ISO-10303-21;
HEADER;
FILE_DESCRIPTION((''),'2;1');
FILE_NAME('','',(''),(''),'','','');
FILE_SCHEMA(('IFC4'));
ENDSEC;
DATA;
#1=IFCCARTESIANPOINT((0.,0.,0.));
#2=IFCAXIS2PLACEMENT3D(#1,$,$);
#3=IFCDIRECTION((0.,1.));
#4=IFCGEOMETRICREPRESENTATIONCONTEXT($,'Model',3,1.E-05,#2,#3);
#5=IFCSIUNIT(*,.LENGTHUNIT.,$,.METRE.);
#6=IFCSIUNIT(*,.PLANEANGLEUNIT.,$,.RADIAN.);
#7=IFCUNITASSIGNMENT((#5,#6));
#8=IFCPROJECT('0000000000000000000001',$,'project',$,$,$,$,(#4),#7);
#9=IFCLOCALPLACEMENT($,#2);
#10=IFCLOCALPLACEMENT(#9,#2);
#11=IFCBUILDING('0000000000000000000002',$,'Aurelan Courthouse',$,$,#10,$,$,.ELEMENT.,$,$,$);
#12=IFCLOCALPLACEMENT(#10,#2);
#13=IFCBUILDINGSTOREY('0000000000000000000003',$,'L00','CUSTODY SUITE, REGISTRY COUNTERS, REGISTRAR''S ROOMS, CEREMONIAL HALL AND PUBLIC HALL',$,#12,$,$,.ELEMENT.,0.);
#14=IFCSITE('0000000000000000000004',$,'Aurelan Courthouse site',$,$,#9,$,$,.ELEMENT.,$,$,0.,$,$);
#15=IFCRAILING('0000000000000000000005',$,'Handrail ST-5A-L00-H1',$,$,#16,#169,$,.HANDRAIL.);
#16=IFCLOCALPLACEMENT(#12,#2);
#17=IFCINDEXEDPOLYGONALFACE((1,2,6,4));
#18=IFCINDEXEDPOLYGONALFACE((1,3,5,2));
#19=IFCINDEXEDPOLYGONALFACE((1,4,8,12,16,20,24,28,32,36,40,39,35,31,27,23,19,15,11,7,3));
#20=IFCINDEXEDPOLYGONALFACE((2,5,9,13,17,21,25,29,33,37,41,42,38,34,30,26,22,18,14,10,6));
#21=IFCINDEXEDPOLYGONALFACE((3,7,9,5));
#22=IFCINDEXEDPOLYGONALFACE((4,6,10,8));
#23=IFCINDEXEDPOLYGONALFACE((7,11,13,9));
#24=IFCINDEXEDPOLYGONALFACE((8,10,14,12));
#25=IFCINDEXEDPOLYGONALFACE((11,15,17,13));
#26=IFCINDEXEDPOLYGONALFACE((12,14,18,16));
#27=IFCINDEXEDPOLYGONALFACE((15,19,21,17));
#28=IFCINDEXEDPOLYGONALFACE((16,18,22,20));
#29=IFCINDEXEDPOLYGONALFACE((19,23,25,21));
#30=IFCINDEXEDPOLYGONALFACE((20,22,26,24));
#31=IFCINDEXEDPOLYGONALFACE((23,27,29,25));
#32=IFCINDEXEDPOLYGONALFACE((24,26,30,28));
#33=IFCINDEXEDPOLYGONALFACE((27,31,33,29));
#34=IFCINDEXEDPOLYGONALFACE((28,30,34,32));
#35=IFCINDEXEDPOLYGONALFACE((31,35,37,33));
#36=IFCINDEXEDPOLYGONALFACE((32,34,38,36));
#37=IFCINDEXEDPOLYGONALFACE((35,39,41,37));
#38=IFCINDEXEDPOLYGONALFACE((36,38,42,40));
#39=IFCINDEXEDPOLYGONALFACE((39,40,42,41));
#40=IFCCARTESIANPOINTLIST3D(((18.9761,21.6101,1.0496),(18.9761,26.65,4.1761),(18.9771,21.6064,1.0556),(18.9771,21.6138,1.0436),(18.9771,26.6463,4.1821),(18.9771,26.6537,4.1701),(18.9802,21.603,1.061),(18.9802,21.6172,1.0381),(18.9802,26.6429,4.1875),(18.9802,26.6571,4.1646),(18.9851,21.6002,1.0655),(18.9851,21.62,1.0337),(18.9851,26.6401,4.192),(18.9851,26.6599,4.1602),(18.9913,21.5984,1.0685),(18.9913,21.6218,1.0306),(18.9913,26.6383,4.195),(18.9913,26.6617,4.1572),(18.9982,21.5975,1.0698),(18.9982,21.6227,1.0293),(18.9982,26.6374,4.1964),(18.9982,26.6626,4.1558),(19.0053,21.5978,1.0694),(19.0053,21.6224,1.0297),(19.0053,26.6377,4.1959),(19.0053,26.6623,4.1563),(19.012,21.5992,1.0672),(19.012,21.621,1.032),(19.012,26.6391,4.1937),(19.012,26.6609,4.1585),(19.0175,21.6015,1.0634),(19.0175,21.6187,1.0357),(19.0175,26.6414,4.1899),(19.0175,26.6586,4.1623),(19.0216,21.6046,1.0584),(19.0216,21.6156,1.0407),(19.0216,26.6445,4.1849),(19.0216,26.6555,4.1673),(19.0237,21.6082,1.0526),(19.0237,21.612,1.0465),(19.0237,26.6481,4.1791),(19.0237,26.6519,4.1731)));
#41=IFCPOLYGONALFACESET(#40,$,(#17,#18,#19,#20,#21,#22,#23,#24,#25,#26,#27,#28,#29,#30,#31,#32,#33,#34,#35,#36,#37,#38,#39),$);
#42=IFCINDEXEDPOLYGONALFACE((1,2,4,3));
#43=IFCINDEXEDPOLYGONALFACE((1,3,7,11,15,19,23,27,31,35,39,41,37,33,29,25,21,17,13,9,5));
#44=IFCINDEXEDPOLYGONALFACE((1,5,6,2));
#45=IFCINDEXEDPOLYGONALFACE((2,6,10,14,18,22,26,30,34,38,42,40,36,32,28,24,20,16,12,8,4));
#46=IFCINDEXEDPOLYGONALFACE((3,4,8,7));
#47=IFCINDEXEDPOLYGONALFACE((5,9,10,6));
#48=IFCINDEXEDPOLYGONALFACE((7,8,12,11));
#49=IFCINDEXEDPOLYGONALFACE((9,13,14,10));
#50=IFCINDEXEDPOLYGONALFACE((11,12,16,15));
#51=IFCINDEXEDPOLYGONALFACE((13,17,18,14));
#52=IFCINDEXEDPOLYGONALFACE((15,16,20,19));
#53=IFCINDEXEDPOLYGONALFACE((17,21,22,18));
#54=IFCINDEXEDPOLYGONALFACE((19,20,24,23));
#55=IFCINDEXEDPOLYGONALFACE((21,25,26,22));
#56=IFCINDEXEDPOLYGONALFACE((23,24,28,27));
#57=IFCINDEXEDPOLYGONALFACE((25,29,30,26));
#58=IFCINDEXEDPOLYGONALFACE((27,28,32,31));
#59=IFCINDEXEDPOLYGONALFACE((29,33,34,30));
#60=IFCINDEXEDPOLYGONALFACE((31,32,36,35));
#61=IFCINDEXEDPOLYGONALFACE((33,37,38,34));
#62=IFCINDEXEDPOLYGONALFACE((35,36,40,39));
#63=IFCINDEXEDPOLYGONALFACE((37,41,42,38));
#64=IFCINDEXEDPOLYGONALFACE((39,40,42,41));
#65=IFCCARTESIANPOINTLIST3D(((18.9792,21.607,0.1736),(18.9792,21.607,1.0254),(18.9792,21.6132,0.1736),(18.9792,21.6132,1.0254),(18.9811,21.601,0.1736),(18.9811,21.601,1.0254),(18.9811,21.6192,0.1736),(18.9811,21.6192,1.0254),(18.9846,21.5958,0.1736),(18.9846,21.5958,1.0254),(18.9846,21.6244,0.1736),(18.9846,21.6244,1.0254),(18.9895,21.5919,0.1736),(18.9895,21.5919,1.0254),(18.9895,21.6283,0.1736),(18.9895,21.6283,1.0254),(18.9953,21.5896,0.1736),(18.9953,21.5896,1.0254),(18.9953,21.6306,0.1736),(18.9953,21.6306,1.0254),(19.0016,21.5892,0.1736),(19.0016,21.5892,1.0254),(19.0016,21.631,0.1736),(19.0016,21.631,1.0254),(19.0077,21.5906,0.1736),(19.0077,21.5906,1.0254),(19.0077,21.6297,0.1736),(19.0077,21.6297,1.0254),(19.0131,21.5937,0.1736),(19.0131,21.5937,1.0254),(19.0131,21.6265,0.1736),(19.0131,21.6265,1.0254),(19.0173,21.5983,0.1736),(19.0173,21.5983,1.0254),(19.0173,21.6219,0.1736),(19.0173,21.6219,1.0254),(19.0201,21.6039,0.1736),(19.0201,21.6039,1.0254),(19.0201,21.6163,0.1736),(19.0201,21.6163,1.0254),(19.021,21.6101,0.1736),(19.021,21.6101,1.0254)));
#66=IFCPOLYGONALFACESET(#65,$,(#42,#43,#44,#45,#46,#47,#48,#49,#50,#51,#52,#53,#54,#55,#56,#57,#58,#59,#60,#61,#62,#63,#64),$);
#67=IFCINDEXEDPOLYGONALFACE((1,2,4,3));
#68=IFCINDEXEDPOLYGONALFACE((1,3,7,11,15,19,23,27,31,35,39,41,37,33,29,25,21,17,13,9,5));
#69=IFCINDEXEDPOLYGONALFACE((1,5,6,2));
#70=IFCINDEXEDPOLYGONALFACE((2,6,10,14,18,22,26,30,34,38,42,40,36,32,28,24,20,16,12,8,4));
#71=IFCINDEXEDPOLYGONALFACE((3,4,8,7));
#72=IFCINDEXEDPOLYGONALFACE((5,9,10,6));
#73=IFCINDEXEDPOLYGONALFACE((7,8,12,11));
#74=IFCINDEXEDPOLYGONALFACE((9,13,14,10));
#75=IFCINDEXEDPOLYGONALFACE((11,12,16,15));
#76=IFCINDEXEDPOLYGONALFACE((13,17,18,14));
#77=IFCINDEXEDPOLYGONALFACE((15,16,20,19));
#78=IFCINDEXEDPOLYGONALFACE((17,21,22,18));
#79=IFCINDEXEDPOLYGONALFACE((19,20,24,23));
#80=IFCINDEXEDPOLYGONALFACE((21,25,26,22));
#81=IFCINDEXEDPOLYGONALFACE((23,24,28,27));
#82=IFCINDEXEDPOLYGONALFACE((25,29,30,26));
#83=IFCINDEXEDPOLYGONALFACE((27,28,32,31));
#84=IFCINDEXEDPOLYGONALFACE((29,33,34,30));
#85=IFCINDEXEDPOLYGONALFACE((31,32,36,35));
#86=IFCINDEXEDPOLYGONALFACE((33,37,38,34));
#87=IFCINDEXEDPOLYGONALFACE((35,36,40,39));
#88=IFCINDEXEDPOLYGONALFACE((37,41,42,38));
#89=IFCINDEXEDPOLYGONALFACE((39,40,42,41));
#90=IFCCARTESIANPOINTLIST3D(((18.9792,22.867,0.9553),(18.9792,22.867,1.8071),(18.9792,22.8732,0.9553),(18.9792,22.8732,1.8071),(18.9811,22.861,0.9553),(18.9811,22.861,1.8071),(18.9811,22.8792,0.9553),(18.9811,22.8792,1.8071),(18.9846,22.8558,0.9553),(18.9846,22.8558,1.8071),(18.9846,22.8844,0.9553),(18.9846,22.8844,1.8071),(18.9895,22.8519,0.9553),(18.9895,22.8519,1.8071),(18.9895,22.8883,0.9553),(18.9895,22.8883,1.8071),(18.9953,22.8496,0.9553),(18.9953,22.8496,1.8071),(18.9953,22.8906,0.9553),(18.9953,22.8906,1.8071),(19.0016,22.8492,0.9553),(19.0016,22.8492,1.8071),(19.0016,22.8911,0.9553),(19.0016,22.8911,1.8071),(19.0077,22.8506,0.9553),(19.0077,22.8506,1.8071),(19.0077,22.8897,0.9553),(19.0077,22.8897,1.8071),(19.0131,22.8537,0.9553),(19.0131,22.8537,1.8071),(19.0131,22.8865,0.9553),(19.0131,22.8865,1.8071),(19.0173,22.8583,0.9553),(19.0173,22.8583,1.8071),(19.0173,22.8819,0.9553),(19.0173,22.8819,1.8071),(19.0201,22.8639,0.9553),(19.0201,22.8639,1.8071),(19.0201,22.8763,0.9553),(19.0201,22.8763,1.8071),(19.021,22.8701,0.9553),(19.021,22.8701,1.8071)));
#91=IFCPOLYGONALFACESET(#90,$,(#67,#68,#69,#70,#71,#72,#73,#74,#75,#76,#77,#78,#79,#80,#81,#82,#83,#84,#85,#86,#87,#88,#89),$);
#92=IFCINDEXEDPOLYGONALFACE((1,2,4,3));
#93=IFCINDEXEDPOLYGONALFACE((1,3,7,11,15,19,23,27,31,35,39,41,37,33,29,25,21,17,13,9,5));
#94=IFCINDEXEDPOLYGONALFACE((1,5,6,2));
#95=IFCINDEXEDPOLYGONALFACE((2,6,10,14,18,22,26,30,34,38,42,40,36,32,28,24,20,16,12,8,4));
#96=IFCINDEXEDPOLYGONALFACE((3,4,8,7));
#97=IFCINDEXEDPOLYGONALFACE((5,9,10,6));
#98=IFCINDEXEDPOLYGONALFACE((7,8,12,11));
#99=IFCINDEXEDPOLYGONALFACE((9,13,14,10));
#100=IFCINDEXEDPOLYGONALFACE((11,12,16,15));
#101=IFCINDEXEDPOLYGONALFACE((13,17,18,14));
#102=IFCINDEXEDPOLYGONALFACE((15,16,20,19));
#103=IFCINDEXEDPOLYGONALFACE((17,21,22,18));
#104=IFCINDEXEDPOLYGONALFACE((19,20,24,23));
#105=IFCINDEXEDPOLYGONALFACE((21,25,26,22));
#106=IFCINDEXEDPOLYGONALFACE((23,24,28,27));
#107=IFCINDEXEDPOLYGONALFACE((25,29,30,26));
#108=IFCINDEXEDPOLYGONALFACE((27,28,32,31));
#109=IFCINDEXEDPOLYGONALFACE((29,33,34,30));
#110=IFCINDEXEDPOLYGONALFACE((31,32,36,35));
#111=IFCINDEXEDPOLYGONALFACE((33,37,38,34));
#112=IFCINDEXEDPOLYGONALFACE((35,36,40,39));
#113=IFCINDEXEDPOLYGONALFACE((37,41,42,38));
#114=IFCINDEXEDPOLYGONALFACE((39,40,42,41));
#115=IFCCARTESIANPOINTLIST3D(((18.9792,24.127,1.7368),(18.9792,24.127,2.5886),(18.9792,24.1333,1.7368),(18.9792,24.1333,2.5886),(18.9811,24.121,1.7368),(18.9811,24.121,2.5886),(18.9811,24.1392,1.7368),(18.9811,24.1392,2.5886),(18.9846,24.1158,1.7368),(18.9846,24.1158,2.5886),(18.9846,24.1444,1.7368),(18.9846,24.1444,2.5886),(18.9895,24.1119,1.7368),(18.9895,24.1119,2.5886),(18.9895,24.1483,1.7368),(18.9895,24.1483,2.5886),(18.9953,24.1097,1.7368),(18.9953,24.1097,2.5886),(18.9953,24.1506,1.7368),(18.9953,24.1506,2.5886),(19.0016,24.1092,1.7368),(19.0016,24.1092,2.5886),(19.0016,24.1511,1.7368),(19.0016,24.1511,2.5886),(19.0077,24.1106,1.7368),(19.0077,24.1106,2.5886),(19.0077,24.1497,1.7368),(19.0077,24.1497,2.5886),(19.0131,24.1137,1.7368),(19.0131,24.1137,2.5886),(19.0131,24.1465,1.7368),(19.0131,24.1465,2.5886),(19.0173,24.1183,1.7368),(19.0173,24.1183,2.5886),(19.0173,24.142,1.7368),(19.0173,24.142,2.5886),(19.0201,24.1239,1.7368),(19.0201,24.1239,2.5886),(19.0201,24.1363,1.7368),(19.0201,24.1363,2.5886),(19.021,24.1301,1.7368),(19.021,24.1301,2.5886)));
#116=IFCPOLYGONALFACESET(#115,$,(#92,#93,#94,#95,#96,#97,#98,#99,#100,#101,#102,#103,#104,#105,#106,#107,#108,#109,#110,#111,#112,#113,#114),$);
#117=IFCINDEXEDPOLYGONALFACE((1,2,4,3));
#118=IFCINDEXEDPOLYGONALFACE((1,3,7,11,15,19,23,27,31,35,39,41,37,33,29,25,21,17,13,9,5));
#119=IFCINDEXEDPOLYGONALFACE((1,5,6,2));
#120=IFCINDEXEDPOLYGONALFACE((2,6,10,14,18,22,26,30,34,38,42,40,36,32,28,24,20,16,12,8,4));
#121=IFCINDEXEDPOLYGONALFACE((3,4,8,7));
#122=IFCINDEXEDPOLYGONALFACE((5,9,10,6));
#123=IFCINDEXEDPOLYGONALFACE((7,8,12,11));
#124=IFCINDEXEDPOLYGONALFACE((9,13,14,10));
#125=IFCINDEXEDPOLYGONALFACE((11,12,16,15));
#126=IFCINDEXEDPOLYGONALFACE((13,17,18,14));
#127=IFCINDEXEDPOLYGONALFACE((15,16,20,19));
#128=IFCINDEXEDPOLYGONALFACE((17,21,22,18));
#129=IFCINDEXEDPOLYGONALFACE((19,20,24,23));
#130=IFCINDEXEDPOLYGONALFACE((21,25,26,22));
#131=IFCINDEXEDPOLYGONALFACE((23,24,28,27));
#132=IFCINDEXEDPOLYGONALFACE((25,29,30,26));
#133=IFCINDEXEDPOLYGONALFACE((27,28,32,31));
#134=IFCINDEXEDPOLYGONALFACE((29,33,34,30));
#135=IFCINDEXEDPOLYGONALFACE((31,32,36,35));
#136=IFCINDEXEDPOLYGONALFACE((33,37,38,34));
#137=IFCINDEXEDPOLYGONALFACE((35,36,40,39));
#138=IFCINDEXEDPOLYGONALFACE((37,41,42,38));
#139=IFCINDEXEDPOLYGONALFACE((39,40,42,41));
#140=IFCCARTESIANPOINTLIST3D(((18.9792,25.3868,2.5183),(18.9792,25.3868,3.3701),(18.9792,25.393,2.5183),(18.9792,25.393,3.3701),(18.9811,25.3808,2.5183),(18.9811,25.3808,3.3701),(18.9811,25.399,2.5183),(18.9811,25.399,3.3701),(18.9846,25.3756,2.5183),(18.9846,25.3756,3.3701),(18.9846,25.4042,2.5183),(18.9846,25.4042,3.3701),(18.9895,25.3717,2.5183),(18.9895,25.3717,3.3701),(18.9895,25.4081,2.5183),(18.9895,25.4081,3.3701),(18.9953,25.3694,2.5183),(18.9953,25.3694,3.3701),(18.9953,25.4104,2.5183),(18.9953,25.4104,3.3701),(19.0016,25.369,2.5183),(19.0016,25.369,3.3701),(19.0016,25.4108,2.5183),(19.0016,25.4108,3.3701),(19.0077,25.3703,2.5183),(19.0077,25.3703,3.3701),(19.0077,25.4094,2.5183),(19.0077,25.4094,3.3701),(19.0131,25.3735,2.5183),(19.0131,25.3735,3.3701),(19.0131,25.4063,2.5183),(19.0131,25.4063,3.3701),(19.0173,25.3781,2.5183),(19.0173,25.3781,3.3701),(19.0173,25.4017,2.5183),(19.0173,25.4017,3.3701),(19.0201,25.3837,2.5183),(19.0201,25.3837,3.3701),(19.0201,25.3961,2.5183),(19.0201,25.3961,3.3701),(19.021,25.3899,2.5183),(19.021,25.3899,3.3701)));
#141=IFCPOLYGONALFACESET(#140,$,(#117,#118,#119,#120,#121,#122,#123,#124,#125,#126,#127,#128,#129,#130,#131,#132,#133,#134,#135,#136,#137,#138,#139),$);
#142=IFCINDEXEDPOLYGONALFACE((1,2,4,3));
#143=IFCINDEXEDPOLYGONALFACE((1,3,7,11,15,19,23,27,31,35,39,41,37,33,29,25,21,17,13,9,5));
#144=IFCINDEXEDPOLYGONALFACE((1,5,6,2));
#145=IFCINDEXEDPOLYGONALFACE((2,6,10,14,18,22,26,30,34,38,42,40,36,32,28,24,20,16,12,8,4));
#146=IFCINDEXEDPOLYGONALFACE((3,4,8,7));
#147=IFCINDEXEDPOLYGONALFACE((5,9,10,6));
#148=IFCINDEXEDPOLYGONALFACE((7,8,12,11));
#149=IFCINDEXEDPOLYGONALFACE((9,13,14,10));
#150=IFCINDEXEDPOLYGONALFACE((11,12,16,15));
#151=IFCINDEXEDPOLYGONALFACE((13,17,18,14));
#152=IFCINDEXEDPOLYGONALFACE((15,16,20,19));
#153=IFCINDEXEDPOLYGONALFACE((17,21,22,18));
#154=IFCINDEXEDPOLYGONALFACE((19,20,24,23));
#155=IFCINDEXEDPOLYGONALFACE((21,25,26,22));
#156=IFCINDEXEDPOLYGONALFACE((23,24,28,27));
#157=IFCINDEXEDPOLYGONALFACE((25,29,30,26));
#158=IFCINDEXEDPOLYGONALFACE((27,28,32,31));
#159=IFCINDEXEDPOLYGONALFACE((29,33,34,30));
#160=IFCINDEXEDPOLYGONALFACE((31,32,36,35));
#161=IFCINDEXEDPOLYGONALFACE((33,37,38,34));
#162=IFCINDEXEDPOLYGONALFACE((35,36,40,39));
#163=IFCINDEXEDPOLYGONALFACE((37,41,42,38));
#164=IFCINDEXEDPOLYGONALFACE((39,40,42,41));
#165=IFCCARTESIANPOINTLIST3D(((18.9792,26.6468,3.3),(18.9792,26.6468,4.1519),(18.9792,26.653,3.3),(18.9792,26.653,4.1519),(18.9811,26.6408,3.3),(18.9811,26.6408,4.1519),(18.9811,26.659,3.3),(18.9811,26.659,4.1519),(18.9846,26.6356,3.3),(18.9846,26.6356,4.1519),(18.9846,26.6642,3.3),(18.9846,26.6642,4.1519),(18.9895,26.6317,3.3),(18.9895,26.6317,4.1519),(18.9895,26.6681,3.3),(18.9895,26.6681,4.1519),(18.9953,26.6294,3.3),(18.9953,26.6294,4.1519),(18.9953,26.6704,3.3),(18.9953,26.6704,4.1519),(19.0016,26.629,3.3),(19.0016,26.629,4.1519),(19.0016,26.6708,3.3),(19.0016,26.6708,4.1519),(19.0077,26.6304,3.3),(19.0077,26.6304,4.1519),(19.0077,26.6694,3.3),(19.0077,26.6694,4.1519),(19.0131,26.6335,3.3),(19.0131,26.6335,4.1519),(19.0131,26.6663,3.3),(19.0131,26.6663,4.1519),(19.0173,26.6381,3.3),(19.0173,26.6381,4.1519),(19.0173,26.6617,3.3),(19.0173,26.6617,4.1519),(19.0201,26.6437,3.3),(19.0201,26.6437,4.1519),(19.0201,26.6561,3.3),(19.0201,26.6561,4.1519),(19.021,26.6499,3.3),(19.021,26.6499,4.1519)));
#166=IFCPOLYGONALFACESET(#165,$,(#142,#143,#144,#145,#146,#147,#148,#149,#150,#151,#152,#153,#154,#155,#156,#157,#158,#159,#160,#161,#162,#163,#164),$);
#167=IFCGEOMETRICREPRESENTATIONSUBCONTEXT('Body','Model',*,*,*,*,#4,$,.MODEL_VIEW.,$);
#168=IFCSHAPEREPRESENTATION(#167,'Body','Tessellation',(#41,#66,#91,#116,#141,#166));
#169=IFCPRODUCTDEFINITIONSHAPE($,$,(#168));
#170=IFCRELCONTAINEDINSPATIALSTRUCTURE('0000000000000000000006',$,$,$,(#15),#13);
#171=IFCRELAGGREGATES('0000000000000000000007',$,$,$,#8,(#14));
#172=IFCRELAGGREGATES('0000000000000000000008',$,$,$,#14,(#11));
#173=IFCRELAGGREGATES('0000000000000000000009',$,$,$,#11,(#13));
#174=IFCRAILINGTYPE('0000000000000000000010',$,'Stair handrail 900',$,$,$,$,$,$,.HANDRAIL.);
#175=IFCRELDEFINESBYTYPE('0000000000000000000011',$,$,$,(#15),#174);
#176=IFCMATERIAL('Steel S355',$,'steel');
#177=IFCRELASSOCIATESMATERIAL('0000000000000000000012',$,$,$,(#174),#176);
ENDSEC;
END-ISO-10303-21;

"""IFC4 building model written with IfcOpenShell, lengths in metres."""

from ifc_helpers import new_model, si_unit, direction, frame, origin, origin_2d, place, context, subcontext, project, spatial, circle, extrude, material, type_object, element, save


model = new_model("IFC4")

# Units and contexts
model_context = context("Model", 3, precision=1e-05, world=origin(), true_north=direction((0.0, 1.0)))
body_context = subcontext(model_context, "Body", "Model", "MODEL_VIEW")
ifc_project = project(units=[si_unit("LENGTHUNIT", "METRE"), si_unit("PLANEANGLEUNIT", "RADIAN")], contexts=[model_context])

# Site, building, storey
site_placement = place(None, origin())
site = spatial("IfcSite", under=ifc_project, at=site_placement, Name="Aurelan Courthouse site", CompositionType="ELEMENT", RefElevation=0.0)
building_placement = place(site_placement, origin())
building = spatial("IfcBuilding", under=site, at=building_placement, Name="Aurelan Courthouse", CompositionType="ELEMENT")
storey_placement = place(building_placement, origin())
storey = spatial("IfcBuildingStorey", under=building, at=storey_placement, Name="L00", Description="CUSTODY SUITE, REGISTRY COUNTERS, REGISTRAR'S ROOMS, CEREMONIAL HALL AND PUBLIC HALL", CompositionType="ELEMENT", Elevation=0.0)

# Railing
ifc_material_1 = material(Name="Steel S355", Category="steel")
railing_type_1 = type_object("IfcRailingType", Name="Stair handrail 900", PredefinedType="HANDRAIL", material=ifc_material_1)
for number, where, name in (
    (1, (19.0, 21.6101, 0.1736), "Handrail ST-5A-L00-H1"),
):
    element("IfcRailing", number, at=place(storey_placement, frame(where)), inside=storey, type_object=railing_type_1, Name=name, PredefinedType="HANDRAIL", context=body_context, shape_type="SweptSolid", body=[
        extrude(circle(Radius=0.0239, at=origin_2d()), frame((0.0, 0.0, 0.876), z_axis=(0.0, 0.849767, 0.527158), x_axis=(-1.0, 0.0, 0.0)), (0.0, 0.0, 1.0), 5.9309),
        extrude(circle(Radius=0.021, at=origin_2d()), origin(), (0.0, 0.0, 1.0), 0.8518),
        extrude(circle(Radius=0.021, at=origin_2d()), frame((0.0, 1.26, 0.7817)), (0.0, 0.0, 1.0), 0.8518),
        extrude(circle(Radius=0.021, at=origin_2d()), frame((0.0, 2.52, 1.5632)), (0.0, 0.0, 1.0), 0.8518),
        extrude(circle(Radius=0.021, at=origin_2d()), frame((0.0, 3.7798, 2.3447)), (0.0, 0.0, 1.0), 0.8518),
        extrude(circle(Radius=0.021, at=origin_2d()), frame((0.0, 5.0398, 3.1265)), (0.0, 0.0, 1.0), 0.8518),
    ])

save(model, "model.ifc")
